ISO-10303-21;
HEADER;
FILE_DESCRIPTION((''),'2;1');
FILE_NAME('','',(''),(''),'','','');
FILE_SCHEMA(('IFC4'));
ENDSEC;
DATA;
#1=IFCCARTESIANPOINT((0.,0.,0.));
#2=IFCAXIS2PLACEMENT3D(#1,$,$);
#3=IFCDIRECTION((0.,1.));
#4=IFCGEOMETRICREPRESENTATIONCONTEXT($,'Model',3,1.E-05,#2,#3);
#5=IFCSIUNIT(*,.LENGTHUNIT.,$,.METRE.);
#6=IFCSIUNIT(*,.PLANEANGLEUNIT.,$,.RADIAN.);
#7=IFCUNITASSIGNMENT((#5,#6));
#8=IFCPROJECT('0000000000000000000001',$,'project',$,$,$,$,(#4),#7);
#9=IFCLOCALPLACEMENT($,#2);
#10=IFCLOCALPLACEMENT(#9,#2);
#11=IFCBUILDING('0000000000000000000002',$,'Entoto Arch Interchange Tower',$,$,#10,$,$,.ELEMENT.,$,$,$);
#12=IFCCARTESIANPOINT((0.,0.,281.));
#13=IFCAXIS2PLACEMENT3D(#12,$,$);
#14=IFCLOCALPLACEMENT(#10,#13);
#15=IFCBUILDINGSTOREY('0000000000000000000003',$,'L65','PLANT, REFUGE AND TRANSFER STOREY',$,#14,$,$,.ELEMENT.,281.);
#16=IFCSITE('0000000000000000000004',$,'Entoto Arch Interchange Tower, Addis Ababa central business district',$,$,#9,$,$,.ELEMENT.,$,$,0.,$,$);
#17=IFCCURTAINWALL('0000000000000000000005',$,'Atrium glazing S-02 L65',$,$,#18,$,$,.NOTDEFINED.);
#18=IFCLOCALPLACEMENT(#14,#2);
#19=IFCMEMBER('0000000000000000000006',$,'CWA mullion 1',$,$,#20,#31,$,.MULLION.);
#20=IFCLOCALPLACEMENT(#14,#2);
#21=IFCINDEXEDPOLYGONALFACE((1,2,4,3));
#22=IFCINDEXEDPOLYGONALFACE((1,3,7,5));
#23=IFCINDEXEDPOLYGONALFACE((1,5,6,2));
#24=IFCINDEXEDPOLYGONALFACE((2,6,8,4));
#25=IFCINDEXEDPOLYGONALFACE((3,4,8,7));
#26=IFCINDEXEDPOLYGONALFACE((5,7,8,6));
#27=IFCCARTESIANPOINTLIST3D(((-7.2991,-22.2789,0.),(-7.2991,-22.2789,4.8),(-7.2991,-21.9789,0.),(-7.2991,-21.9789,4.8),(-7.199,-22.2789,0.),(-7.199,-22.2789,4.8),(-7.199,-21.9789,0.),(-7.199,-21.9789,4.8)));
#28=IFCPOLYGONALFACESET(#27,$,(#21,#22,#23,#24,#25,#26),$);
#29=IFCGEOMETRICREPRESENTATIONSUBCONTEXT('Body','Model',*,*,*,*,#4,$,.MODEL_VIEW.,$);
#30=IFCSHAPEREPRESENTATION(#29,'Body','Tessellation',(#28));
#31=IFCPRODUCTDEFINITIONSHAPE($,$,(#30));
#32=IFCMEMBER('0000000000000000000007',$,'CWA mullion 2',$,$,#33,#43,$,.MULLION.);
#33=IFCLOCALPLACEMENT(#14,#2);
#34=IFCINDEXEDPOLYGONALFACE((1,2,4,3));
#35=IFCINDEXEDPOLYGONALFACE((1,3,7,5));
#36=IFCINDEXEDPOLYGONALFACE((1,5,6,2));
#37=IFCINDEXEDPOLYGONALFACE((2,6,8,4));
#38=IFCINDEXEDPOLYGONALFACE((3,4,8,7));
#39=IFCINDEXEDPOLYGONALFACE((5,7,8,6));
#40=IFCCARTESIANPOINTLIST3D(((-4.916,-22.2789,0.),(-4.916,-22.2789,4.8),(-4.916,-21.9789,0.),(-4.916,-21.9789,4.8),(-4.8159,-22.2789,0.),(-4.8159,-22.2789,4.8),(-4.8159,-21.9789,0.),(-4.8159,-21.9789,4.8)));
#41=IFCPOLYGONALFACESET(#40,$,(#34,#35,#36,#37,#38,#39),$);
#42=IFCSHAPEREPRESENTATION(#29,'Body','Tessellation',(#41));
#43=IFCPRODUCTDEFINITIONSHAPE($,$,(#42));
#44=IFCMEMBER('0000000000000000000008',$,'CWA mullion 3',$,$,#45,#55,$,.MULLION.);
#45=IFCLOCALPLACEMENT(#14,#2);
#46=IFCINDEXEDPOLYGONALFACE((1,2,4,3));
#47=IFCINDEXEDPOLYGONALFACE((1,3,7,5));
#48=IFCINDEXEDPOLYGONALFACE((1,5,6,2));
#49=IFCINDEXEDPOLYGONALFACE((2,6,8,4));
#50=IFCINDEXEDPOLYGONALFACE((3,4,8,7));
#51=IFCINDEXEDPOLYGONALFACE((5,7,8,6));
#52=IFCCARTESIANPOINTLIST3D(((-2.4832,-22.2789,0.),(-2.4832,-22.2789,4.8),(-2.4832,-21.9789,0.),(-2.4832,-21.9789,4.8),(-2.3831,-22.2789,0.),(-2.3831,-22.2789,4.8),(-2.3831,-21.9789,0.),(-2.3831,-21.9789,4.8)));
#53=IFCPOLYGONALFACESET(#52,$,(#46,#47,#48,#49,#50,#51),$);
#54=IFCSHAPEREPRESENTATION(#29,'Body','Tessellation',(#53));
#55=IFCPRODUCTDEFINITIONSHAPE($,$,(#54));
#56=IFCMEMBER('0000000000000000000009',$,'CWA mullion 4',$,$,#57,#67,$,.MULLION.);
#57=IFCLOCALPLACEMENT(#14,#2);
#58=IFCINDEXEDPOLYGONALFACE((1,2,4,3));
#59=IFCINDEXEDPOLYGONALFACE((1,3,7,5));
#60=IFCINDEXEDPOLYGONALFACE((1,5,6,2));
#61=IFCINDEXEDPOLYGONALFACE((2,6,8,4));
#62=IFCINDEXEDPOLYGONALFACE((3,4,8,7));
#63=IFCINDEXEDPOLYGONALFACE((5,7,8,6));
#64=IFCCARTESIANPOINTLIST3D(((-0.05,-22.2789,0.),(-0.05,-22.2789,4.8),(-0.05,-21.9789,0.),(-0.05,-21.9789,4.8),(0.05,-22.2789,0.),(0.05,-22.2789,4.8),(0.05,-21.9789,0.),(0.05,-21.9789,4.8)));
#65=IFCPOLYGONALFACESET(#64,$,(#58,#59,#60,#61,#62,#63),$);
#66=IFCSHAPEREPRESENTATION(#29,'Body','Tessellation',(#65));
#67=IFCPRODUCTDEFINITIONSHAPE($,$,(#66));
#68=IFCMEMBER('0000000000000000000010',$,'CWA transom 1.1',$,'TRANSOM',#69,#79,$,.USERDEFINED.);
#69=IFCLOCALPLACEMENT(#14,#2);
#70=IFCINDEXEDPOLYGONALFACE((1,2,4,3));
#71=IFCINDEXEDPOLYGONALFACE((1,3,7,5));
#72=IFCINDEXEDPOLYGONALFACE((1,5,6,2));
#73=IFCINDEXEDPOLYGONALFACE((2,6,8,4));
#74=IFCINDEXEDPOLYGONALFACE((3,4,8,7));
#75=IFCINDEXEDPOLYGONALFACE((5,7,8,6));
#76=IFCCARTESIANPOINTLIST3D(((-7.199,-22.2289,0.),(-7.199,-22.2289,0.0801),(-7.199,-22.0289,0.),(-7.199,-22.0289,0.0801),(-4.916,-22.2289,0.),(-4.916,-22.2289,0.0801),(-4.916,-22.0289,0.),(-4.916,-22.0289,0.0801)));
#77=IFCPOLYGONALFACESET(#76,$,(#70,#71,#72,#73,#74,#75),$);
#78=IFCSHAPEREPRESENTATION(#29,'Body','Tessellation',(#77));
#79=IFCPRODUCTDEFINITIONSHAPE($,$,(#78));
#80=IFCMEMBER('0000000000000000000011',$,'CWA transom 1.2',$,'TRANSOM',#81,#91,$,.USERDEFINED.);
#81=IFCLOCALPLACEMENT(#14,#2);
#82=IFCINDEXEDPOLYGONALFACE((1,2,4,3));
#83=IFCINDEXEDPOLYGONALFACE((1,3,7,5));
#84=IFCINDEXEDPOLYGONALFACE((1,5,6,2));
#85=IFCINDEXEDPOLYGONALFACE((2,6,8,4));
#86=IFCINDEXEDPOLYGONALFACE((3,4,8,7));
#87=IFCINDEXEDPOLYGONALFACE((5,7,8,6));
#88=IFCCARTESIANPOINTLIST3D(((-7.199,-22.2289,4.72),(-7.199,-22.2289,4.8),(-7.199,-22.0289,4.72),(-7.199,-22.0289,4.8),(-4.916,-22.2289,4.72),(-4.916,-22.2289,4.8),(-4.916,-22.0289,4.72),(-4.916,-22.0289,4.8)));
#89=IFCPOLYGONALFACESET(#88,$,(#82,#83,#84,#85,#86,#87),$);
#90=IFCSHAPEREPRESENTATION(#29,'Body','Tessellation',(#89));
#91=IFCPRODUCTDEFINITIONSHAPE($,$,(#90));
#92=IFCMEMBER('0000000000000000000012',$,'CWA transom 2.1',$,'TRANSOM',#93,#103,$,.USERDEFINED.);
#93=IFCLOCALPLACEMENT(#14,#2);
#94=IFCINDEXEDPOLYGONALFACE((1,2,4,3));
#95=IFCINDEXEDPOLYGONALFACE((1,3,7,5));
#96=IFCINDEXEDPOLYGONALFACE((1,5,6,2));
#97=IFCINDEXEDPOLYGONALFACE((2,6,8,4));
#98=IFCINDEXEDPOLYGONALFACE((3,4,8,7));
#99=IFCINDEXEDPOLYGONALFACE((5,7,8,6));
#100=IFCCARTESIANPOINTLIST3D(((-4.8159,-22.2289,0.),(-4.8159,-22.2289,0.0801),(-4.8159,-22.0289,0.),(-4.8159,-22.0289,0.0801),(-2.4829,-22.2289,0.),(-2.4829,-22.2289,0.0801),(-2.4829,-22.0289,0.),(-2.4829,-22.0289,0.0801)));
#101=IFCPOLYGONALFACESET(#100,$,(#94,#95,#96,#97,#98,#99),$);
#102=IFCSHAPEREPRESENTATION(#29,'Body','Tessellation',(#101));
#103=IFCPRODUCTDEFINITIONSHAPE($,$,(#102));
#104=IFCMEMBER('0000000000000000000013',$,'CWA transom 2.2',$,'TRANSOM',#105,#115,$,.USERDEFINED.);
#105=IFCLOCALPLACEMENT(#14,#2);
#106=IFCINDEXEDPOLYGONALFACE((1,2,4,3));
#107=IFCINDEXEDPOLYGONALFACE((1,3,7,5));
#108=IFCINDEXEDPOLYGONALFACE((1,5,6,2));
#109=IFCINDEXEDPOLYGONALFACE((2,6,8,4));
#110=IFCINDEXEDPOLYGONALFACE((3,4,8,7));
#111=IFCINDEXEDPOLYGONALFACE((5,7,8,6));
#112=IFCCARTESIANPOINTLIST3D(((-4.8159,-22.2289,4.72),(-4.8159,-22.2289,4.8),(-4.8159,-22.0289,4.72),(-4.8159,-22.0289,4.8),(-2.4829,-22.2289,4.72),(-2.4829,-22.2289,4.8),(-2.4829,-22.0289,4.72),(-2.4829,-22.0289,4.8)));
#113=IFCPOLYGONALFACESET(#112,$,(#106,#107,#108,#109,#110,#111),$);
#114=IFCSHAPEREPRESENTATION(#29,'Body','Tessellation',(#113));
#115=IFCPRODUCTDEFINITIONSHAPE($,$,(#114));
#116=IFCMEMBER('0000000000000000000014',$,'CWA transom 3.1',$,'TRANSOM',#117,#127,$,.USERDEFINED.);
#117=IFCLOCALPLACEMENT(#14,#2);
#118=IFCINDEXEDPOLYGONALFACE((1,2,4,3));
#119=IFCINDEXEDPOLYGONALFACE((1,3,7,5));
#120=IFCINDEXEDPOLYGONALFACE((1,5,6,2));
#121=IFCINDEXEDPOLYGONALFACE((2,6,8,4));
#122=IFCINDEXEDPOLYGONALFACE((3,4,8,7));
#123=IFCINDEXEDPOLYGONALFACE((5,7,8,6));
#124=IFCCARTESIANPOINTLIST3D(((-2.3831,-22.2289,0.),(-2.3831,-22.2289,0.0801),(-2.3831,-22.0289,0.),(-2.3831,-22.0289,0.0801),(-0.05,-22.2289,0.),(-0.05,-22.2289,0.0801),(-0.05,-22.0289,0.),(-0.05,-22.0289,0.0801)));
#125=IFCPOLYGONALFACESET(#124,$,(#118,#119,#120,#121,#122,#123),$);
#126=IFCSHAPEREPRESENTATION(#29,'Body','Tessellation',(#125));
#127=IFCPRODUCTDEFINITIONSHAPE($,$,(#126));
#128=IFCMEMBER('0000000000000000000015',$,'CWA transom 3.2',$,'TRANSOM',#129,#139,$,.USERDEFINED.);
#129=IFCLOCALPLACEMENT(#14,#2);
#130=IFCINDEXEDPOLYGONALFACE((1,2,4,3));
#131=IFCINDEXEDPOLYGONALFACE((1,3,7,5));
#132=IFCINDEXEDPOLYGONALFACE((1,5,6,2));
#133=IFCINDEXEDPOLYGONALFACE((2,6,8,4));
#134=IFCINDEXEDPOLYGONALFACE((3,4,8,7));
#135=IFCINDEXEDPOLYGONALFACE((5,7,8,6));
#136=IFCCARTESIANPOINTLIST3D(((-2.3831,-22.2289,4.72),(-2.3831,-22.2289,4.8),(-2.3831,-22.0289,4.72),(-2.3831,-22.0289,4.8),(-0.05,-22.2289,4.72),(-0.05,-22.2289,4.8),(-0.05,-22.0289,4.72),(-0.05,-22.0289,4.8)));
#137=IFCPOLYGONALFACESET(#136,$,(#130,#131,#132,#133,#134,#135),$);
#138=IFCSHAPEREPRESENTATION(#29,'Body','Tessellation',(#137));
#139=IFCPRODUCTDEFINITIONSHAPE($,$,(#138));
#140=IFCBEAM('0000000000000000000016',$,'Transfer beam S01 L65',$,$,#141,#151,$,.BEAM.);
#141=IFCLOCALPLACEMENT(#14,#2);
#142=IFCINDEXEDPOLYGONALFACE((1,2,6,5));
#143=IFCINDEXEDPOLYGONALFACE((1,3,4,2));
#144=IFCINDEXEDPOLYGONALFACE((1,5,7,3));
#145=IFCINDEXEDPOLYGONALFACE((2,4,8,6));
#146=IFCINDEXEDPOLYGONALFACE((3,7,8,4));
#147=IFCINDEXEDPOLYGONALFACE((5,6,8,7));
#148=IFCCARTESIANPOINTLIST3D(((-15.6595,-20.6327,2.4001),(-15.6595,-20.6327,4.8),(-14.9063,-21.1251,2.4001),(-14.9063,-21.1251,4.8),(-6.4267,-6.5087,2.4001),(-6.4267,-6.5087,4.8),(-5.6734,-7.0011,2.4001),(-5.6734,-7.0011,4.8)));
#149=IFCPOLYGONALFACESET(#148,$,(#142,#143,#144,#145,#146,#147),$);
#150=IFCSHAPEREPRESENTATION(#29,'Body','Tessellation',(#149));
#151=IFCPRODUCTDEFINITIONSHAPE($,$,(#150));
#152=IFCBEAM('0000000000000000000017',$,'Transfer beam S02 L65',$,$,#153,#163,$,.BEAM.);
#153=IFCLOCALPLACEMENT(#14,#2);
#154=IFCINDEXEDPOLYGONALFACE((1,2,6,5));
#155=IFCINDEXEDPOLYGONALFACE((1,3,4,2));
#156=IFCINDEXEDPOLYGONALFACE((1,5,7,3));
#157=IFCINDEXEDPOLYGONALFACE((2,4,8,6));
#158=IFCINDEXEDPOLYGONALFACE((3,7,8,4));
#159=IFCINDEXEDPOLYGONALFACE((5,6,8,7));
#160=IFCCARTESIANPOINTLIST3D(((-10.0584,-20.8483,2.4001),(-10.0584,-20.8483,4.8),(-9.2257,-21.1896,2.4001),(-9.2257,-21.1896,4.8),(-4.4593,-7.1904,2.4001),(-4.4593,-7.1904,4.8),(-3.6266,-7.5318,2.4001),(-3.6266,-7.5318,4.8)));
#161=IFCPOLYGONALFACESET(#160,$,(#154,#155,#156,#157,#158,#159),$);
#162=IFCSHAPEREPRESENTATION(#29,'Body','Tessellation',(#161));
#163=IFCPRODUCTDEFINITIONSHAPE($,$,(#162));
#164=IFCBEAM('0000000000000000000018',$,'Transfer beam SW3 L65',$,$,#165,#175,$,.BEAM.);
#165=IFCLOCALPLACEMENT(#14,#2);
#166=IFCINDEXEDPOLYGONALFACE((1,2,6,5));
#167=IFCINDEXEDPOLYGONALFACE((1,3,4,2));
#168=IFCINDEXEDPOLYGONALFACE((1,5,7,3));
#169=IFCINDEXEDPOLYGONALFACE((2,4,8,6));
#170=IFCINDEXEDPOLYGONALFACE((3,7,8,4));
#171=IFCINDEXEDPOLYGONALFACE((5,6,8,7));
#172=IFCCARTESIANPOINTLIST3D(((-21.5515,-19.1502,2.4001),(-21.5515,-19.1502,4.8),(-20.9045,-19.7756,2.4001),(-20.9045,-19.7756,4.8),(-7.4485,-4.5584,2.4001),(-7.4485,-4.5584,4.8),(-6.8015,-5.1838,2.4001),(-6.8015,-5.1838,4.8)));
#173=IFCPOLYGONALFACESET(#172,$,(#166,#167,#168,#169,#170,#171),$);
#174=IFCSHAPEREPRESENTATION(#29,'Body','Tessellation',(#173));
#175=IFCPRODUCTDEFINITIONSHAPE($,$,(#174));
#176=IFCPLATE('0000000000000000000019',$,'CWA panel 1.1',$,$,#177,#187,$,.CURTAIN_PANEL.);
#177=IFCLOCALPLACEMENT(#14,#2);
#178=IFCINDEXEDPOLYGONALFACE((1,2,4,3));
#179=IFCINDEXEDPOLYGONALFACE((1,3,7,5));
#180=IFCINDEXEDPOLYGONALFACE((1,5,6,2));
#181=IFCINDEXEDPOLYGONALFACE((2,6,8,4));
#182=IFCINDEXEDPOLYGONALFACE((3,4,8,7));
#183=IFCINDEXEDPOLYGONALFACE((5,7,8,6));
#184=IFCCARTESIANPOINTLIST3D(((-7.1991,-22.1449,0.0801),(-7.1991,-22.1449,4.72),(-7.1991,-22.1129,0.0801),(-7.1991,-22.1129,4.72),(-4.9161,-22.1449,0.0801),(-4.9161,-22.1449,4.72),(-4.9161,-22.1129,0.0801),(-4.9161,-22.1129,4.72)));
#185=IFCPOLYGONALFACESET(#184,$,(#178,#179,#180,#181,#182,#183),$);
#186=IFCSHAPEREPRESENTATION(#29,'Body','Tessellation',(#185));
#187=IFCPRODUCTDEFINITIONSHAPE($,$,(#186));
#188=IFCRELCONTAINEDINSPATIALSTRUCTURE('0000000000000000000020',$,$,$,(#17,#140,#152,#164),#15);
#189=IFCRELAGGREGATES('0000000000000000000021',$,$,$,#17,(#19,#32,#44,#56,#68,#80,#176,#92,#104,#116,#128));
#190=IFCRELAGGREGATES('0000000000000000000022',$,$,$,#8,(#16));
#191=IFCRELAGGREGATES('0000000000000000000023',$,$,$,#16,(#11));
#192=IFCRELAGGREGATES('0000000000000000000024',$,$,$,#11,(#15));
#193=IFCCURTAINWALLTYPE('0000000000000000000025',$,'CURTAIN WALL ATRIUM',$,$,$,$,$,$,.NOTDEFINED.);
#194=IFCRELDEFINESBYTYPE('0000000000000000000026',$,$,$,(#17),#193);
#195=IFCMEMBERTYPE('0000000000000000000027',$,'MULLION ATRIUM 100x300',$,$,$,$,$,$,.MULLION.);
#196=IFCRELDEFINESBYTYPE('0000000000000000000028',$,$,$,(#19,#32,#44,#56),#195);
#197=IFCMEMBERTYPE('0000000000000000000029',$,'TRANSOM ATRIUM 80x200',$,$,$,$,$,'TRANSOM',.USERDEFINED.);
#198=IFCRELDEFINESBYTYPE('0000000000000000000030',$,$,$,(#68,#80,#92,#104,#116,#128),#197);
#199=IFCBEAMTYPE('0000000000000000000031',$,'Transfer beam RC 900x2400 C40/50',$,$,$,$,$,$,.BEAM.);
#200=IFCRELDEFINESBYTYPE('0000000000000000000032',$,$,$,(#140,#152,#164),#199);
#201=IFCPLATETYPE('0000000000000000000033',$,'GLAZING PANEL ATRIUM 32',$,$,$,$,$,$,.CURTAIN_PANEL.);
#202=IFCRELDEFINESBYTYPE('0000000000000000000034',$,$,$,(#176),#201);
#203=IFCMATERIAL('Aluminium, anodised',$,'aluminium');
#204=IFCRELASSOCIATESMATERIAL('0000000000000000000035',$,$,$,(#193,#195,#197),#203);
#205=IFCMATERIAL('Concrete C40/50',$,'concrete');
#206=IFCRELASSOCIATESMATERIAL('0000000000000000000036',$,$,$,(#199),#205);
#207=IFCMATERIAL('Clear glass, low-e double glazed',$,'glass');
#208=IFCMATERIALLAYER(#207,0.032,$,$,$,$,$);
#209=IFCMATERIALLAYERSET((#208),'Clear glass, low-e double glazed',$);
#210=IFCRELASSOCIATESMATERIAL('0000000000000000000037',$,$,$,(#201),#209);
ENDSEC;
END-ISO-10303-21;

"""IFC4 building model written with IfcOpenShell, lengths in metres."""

from ifc_helpers import new_model, si_unit, direction, frame, origin, origin_2d, place, context, subcontext, project, spatial, rectangle, extrude, material, layer, layer_set, material_profile, profile_set, type_object, element, aggregate, save


model = new_model("IFC4")

# Units and contexts
model_context = context("Model", 3, precision=1e-05, world=origin(), true_north=direction((0.0, 1.0)))
body_context = subcontext(model_context, "Body", "Model", "MODEL_VIEW")
ifc_project = project(units=[si_unit("LENGTHUNIT", "METRE"), si_unit("PLANEANGLEUNIT", "RADIAN")], contexts=[model_context])

# Site, building, storey
site_placement = place(None, origin())
site = spatial("IfcSite", under=ifc_project, at=site_placement, Name="Entoto Arch Interchange Tower, Addis Ababa central business district", CompositionType="ELEMENT", RefElevation=0.0)
building_placement = place(site_placement, origin())
building = spatial("IfcBuilding", under=site, at=building_placement, Name="Entoto Arch Interchange Tower", CompositionType="ELEMENT")
storey_placement = place(building_placement, frame((0.0, 0.0, 281.0)))
storey = spatial("IfcBuildingStorey", under=building, at=storey_placement, Name="L65", Description="PLANT, REFUGE AND TRANSFER STOREY", CompositionType="ELEMENT", Elevation=281.0)

# Curtain wall, members
ifc_material_1 = material(Name="Aluminium, anodised", Category="aluminium")
curtain_wall_type = type_object("IfcCurtainWallType", Name="CURTAIN WALL ATRIUM", PredefinedType="NOTDEFINED", material=ifc_material_1)
curtain_wall_placement = place(storey_placement, origin())
curtain_wall = element("IfcCurtainWall", 1, at=curtain_wall_placement, inside=storey, type_object=curtain_wall_type, Name="Atrium glazing S-02 L65", PredefinedType="NOTDEFINED")
ifc_material_profile_1 = material_profile(ifc_material_1, rectangle(XDim=0.3, YDim=0.1001, at=origin_2d()))
ifc_profile_set_1 = profile_set([ifc_material_profile_1], Name="Aluminium, anodised")
member_type_1 = type_object("IfcMemberType", Name="MULLION ATRIUM 100x300", PredefinedType="MULLION", material=ifc_profile_set_1)
member_1_placement = place(storey_placement, frame((-7.249, -22.1289, 0.0), z_axis=(0.0, 0.0, 1.0), x_axis=(0.0, 1.0, 0.0)))
member_1 = element("IfcMember", 2, at=member_1_placement, type_object=member_type_1, Name="CWA mullion 1", PredefinedType="MULLION", context=body_context, shape_type="SweptSolid", body=[
    extrude(rectangle(XDim=0.3, YDim=0.1001, at=origin_2d()), origin(), (0.0, 0.0, 1.0), 4.8),
])
member_2_placement = place(storey_placement, frame((-4.866, -22.1289, 0.0), z_axis=(0.0, 0.0, 1.0), x_axis=(0.0, 1.0, 0.0)))
member_2 = element("IfcMember", 3, at=member_2_placement, type_object=member_type_1, Name="CWA mullion 2", PredefinedType="MULLION", context=body_context, shape_type="SweptSolid", body=[
    extrude(rectangle(XDim=0.3, YDim=0.1001, at=origin_2d()), origin(), (0.0, 0.0, 1.0), 4.8),
])
member_3_placement = place(storey_placement, frame((-2.4331, -22.1289, 0.0), z_axis=(0.0, 0.0, 1.0), x_axis=(0.0, 1.0, 0.0)))
member_3 = element("IfcMember", 4, at=member_3_placement, type_object=member_type_1, Name="CWA mullion 3", PredefinedType="MULLION", context=body_context, shape_type="SweptSolid", body=[
    extrude(rectangle(XDim=0.3, YDim=0.1001, at=origin_2d()), origin(), (0.0, 0.0, 1.0), 4.8),
])
member_4_placement = place(storey_placement, frame((0.0, -22.1289, 0.0), z_axis=(0.0, 0.0, 1.0), x_axis=(0.0, 1.0, 0.0)))
member_4 = element("IfcMember", 5, at=member_4_placement, type_object=member_type_1, Name="CWA mullion 4", PredefinedType="MULLION", context=body_context, shape_type="SweptSolid", body=[
    extrude(rectangle(XDim=0.3, YDim=0.1001, at=origin_2d()), origin(), (0.0, 0.0, 1.0), 4.8),
])
ifc_material_profile_2 = material_profile(ifc_material_1, rectangle(XDim=0.2, YDim=0.0801, at=origin_2d()))
ifc_profile_set_2 = profile_set([ifc_material_profile_2], Name="Aluminium, anodised")
member_type_2 = type_object("IfcMemberType", Name="TRANSOM ATRIUM 80x200", ElementType="TRANSOM", PredefinedType="USERDEFINED", material=ifc_profile_set_2)
member_5_placement = place(storey_placement, frame((-7.199, -22.1289, 0.04), z_axis=(1.0, 0.0, 0.0), x_axis=(0.0, 1.0, 0.0)))
member_5 = element("IfcMember", 6, at=member_5_placement, type_object=member_type_2, Name="CWA transom 1.1", ObjectType="TRANSOM", PredefinedType="USERDEFINED", context=body_context, shape_type="SweptSolid", body=[
    extrude(rectangle(XDim=0.2, YDim=0.0801, at=origin_2d()), origin(), (0.0, 0.0, 1.0), 2.283),
])
member_6_placement = place(storey_placement, frame((-7.199, -22.1289, 4.76), z_axis=(1.0, 0.0, 0.0), x_axis=(0.0, 1.0, 0.0)))
member_6 = element("IfcMember", 7, at=member_6_placement, type_object=member_type_2, Name="CWA transom 1.2", ObjectType="TRANSOM", PredefinedType="USERDEFINED", context=body_context, shape_type="SweptSolid", body=[
    extrude(rectangle(XDim=0.2, YDim=0.0801, at=origin_2d()), origin(), (0.0, 0.0, 1.0), 2.283),
])
member_7_placement = place(storey_placement, frame((-4.8159, -22.1289, 0.04), z_axis=(1.0, 0.0, 0.0), x_axis=(0.0, 1.0, 0.0)))
member_7 = element("IfcMember", 8, at=member_7_placement, type_object=member_type_2, Name="CWA transom 2.1", ObjectType="TRANSOM", PredefinedType="USERDEFINED", context=body_context, shape_type="SweptSolid", body=[
    extrude(rectangle(XDim=0.2, YDim=0.0801, at=origin_2d()), origin(), (0.0, 0.0, 1.0), 2.333),
])
member_8_placement = place(storey_placement, frame((-4.8159, -22.1289, 4.76), z_axis=(1.0, 0.0, 0.0), x_axis=(0.0, 1.0, 0.0)))
member_8 = element("IfcMember", 9, at=member_8_placement, type_object=member_type_2, Name="CWA transom 2.2", ObjectType="TRANSOM", PredefinedType="USERDEFINED", context=body_context, shape_type="SweptSolid", body=[
    extrude(rectangle(XDim=0.2, YDim=0.0801, at=origin_2d()), origin(), (0.0, 0.0, 1.0), 2.333),
])
member_9_placement = place(storey_placement, frame((-2.3831, -22.1289, 0.04), z_axis=(1.0, 0.0, 0.0), x_axis=(0.0, 1.0, 0.0)))
member_9 = element("IfcMember", 10, at=member_9_placement, type_object=member_type_2, Name="CWA transom 3.1", ObjectType="TRANSOM", PredefinedType="USERDEFINED", context=body_context, shape_type="SweptSolid", body=[
    extrude(rectangle(XDim=0.2, YDim=0.0801, at=origin_2d()), origin(), (0.0, 0.0, 1.0), 2.333),
])
member_10_placement = place(storey_placement, frame((-2.3831, -22.1289, 4.76), z_axis=(1.0, 0.0, 0.0), x_axis=(0.0, 1.0, 0.0)))
member_10 = element("IfcMember", 11, at=member_10_placement, type_object=member_type_2, Name="CWA transom 3.2", ObjectType="TRANSOM", PredefinedType="USERDEFINED", context=body_context, shape_type="SweptSolid", body=[
    extrude(rectangle(XDim=0.2, YDim=0.0801, at=origin_2d()), origin(), (0.0, 0.0, 1.0), 2.333),
])

# Beams
ifc_material_2 = material(Name="Concrete C40/50", Category="concrete")
ifc_material_profile_3 = material_profile(ifc_material_2, rectangle(XDim=0.8999, YDim=2.3999, at=origin_2d()))
ifc_profile_set_3 = profile_set([ifc_material_profile_3], Name="Concrete C40/50")
beam_type = type_object("IfcBeamType", Name="Transfer beam RC 900x2400 C40/50", PredefinedType="BEAM", material=ifc_profile_set_3)
beam_1_placement = place(storey_placement, frame((-6.05, -6.7549, 3.6001), z_axis=(-0.547165, -0.837025, 0.0), x_axis=(0.837025, -0.547165, 0.0)))
element("IfcBeam", 12, at=beam_1_placement, inside=storey, type_object=beam_type, Name="Transfer beam S01 L65", PredefinedType="BEAM", context=body_context, shape_type="SweptSolid", body=[
    extrude(rectangle(XDim=0.8999, YDim=2.3999, at=origin_2d()), origin(), (0.0, 0.0, 1.0), 16.874),
])
beam_2_placement = place(storey_placement, frame((-4.043, -7.3611, 3.6001), z_axis=(-0.379316, -0.925267, 0.0), x_axis=(0.925267, -0.379316, 0.0)))
element("IfcBeam", 13, at=beam_2_placement, inside=storey, type_object=beam_type, Name="Transfer beam S02 L65", PredefinedType="BEAM", context=body_context, shape_type="SweptSolid", body=[
    extrude(rectangle(XDim=0.8999, YDim=2.3999, at=origin_2d()), origin(), (0.0, 0.0, 1.0), 14.761),
])
beam_3_placement = place(storey_placement, frame((-7.125, -4.8711, 3.6001), z_axis=(-0.694962, -0.719047, 0.0), x_axis=(0.719047, -0.694962, 0.0)))
element("IfcBeam", 14, at=beam_3_placement, inside=storey, type_object=beam_type, Name="Transfer beam SW3 L65", PredefinedType="BEAM", context=body_context, shape_type="SweptSolid", body=[
    extrude(rectangle(XDim=0.8999, YDim=2.3999, at=origin_2d()), origin(), (0.0, 0.0, 1.0), 20.2932),
])

# Plate
ifc_material_3 = material(Name="Clear glass, low-e double glazed", Category="glass")
ifc_layer_1 = layer(ifc_material_3, 0.032)
ifc_layer_set_1 = layer_set([ifc_layer_1], Name="Clear glass, low-e double glazed")
plate_type = type_object("IfcPlateType", Name="GLAZING PANEL ATRIUM 32", PredefinedType="CURTAIN_PANEL", material=ifc_layer_set_1)
plate_1_placement = place(storey_placement, frame((-6.0576, -22.1289, 0.0801), z_axis=(0.0, 0.0, 1.0), x_axis=(1.0, 0.0, 0.0)))
plate_1 = element("IfcPlate", 15, at=plate_1_placement, type_object=plate_type, Name="CWA panel 1.1", PredefinedType="CURTAIN_PANEL", context=body_context, shape_type="SweptSolid", body=[
    extrude(rectangle(XDim=2.283, YDim=0.032, at=origin_2d()), origin(), (0.0, 0.0, 1.0), 4.6399),
])
aggregate(curtain_wall, [member_1, member_2, member_3, member_4, member_5, member_6, plate_1, member_7, member_8, member_9, member_10])

save(model, "model.ifc")
